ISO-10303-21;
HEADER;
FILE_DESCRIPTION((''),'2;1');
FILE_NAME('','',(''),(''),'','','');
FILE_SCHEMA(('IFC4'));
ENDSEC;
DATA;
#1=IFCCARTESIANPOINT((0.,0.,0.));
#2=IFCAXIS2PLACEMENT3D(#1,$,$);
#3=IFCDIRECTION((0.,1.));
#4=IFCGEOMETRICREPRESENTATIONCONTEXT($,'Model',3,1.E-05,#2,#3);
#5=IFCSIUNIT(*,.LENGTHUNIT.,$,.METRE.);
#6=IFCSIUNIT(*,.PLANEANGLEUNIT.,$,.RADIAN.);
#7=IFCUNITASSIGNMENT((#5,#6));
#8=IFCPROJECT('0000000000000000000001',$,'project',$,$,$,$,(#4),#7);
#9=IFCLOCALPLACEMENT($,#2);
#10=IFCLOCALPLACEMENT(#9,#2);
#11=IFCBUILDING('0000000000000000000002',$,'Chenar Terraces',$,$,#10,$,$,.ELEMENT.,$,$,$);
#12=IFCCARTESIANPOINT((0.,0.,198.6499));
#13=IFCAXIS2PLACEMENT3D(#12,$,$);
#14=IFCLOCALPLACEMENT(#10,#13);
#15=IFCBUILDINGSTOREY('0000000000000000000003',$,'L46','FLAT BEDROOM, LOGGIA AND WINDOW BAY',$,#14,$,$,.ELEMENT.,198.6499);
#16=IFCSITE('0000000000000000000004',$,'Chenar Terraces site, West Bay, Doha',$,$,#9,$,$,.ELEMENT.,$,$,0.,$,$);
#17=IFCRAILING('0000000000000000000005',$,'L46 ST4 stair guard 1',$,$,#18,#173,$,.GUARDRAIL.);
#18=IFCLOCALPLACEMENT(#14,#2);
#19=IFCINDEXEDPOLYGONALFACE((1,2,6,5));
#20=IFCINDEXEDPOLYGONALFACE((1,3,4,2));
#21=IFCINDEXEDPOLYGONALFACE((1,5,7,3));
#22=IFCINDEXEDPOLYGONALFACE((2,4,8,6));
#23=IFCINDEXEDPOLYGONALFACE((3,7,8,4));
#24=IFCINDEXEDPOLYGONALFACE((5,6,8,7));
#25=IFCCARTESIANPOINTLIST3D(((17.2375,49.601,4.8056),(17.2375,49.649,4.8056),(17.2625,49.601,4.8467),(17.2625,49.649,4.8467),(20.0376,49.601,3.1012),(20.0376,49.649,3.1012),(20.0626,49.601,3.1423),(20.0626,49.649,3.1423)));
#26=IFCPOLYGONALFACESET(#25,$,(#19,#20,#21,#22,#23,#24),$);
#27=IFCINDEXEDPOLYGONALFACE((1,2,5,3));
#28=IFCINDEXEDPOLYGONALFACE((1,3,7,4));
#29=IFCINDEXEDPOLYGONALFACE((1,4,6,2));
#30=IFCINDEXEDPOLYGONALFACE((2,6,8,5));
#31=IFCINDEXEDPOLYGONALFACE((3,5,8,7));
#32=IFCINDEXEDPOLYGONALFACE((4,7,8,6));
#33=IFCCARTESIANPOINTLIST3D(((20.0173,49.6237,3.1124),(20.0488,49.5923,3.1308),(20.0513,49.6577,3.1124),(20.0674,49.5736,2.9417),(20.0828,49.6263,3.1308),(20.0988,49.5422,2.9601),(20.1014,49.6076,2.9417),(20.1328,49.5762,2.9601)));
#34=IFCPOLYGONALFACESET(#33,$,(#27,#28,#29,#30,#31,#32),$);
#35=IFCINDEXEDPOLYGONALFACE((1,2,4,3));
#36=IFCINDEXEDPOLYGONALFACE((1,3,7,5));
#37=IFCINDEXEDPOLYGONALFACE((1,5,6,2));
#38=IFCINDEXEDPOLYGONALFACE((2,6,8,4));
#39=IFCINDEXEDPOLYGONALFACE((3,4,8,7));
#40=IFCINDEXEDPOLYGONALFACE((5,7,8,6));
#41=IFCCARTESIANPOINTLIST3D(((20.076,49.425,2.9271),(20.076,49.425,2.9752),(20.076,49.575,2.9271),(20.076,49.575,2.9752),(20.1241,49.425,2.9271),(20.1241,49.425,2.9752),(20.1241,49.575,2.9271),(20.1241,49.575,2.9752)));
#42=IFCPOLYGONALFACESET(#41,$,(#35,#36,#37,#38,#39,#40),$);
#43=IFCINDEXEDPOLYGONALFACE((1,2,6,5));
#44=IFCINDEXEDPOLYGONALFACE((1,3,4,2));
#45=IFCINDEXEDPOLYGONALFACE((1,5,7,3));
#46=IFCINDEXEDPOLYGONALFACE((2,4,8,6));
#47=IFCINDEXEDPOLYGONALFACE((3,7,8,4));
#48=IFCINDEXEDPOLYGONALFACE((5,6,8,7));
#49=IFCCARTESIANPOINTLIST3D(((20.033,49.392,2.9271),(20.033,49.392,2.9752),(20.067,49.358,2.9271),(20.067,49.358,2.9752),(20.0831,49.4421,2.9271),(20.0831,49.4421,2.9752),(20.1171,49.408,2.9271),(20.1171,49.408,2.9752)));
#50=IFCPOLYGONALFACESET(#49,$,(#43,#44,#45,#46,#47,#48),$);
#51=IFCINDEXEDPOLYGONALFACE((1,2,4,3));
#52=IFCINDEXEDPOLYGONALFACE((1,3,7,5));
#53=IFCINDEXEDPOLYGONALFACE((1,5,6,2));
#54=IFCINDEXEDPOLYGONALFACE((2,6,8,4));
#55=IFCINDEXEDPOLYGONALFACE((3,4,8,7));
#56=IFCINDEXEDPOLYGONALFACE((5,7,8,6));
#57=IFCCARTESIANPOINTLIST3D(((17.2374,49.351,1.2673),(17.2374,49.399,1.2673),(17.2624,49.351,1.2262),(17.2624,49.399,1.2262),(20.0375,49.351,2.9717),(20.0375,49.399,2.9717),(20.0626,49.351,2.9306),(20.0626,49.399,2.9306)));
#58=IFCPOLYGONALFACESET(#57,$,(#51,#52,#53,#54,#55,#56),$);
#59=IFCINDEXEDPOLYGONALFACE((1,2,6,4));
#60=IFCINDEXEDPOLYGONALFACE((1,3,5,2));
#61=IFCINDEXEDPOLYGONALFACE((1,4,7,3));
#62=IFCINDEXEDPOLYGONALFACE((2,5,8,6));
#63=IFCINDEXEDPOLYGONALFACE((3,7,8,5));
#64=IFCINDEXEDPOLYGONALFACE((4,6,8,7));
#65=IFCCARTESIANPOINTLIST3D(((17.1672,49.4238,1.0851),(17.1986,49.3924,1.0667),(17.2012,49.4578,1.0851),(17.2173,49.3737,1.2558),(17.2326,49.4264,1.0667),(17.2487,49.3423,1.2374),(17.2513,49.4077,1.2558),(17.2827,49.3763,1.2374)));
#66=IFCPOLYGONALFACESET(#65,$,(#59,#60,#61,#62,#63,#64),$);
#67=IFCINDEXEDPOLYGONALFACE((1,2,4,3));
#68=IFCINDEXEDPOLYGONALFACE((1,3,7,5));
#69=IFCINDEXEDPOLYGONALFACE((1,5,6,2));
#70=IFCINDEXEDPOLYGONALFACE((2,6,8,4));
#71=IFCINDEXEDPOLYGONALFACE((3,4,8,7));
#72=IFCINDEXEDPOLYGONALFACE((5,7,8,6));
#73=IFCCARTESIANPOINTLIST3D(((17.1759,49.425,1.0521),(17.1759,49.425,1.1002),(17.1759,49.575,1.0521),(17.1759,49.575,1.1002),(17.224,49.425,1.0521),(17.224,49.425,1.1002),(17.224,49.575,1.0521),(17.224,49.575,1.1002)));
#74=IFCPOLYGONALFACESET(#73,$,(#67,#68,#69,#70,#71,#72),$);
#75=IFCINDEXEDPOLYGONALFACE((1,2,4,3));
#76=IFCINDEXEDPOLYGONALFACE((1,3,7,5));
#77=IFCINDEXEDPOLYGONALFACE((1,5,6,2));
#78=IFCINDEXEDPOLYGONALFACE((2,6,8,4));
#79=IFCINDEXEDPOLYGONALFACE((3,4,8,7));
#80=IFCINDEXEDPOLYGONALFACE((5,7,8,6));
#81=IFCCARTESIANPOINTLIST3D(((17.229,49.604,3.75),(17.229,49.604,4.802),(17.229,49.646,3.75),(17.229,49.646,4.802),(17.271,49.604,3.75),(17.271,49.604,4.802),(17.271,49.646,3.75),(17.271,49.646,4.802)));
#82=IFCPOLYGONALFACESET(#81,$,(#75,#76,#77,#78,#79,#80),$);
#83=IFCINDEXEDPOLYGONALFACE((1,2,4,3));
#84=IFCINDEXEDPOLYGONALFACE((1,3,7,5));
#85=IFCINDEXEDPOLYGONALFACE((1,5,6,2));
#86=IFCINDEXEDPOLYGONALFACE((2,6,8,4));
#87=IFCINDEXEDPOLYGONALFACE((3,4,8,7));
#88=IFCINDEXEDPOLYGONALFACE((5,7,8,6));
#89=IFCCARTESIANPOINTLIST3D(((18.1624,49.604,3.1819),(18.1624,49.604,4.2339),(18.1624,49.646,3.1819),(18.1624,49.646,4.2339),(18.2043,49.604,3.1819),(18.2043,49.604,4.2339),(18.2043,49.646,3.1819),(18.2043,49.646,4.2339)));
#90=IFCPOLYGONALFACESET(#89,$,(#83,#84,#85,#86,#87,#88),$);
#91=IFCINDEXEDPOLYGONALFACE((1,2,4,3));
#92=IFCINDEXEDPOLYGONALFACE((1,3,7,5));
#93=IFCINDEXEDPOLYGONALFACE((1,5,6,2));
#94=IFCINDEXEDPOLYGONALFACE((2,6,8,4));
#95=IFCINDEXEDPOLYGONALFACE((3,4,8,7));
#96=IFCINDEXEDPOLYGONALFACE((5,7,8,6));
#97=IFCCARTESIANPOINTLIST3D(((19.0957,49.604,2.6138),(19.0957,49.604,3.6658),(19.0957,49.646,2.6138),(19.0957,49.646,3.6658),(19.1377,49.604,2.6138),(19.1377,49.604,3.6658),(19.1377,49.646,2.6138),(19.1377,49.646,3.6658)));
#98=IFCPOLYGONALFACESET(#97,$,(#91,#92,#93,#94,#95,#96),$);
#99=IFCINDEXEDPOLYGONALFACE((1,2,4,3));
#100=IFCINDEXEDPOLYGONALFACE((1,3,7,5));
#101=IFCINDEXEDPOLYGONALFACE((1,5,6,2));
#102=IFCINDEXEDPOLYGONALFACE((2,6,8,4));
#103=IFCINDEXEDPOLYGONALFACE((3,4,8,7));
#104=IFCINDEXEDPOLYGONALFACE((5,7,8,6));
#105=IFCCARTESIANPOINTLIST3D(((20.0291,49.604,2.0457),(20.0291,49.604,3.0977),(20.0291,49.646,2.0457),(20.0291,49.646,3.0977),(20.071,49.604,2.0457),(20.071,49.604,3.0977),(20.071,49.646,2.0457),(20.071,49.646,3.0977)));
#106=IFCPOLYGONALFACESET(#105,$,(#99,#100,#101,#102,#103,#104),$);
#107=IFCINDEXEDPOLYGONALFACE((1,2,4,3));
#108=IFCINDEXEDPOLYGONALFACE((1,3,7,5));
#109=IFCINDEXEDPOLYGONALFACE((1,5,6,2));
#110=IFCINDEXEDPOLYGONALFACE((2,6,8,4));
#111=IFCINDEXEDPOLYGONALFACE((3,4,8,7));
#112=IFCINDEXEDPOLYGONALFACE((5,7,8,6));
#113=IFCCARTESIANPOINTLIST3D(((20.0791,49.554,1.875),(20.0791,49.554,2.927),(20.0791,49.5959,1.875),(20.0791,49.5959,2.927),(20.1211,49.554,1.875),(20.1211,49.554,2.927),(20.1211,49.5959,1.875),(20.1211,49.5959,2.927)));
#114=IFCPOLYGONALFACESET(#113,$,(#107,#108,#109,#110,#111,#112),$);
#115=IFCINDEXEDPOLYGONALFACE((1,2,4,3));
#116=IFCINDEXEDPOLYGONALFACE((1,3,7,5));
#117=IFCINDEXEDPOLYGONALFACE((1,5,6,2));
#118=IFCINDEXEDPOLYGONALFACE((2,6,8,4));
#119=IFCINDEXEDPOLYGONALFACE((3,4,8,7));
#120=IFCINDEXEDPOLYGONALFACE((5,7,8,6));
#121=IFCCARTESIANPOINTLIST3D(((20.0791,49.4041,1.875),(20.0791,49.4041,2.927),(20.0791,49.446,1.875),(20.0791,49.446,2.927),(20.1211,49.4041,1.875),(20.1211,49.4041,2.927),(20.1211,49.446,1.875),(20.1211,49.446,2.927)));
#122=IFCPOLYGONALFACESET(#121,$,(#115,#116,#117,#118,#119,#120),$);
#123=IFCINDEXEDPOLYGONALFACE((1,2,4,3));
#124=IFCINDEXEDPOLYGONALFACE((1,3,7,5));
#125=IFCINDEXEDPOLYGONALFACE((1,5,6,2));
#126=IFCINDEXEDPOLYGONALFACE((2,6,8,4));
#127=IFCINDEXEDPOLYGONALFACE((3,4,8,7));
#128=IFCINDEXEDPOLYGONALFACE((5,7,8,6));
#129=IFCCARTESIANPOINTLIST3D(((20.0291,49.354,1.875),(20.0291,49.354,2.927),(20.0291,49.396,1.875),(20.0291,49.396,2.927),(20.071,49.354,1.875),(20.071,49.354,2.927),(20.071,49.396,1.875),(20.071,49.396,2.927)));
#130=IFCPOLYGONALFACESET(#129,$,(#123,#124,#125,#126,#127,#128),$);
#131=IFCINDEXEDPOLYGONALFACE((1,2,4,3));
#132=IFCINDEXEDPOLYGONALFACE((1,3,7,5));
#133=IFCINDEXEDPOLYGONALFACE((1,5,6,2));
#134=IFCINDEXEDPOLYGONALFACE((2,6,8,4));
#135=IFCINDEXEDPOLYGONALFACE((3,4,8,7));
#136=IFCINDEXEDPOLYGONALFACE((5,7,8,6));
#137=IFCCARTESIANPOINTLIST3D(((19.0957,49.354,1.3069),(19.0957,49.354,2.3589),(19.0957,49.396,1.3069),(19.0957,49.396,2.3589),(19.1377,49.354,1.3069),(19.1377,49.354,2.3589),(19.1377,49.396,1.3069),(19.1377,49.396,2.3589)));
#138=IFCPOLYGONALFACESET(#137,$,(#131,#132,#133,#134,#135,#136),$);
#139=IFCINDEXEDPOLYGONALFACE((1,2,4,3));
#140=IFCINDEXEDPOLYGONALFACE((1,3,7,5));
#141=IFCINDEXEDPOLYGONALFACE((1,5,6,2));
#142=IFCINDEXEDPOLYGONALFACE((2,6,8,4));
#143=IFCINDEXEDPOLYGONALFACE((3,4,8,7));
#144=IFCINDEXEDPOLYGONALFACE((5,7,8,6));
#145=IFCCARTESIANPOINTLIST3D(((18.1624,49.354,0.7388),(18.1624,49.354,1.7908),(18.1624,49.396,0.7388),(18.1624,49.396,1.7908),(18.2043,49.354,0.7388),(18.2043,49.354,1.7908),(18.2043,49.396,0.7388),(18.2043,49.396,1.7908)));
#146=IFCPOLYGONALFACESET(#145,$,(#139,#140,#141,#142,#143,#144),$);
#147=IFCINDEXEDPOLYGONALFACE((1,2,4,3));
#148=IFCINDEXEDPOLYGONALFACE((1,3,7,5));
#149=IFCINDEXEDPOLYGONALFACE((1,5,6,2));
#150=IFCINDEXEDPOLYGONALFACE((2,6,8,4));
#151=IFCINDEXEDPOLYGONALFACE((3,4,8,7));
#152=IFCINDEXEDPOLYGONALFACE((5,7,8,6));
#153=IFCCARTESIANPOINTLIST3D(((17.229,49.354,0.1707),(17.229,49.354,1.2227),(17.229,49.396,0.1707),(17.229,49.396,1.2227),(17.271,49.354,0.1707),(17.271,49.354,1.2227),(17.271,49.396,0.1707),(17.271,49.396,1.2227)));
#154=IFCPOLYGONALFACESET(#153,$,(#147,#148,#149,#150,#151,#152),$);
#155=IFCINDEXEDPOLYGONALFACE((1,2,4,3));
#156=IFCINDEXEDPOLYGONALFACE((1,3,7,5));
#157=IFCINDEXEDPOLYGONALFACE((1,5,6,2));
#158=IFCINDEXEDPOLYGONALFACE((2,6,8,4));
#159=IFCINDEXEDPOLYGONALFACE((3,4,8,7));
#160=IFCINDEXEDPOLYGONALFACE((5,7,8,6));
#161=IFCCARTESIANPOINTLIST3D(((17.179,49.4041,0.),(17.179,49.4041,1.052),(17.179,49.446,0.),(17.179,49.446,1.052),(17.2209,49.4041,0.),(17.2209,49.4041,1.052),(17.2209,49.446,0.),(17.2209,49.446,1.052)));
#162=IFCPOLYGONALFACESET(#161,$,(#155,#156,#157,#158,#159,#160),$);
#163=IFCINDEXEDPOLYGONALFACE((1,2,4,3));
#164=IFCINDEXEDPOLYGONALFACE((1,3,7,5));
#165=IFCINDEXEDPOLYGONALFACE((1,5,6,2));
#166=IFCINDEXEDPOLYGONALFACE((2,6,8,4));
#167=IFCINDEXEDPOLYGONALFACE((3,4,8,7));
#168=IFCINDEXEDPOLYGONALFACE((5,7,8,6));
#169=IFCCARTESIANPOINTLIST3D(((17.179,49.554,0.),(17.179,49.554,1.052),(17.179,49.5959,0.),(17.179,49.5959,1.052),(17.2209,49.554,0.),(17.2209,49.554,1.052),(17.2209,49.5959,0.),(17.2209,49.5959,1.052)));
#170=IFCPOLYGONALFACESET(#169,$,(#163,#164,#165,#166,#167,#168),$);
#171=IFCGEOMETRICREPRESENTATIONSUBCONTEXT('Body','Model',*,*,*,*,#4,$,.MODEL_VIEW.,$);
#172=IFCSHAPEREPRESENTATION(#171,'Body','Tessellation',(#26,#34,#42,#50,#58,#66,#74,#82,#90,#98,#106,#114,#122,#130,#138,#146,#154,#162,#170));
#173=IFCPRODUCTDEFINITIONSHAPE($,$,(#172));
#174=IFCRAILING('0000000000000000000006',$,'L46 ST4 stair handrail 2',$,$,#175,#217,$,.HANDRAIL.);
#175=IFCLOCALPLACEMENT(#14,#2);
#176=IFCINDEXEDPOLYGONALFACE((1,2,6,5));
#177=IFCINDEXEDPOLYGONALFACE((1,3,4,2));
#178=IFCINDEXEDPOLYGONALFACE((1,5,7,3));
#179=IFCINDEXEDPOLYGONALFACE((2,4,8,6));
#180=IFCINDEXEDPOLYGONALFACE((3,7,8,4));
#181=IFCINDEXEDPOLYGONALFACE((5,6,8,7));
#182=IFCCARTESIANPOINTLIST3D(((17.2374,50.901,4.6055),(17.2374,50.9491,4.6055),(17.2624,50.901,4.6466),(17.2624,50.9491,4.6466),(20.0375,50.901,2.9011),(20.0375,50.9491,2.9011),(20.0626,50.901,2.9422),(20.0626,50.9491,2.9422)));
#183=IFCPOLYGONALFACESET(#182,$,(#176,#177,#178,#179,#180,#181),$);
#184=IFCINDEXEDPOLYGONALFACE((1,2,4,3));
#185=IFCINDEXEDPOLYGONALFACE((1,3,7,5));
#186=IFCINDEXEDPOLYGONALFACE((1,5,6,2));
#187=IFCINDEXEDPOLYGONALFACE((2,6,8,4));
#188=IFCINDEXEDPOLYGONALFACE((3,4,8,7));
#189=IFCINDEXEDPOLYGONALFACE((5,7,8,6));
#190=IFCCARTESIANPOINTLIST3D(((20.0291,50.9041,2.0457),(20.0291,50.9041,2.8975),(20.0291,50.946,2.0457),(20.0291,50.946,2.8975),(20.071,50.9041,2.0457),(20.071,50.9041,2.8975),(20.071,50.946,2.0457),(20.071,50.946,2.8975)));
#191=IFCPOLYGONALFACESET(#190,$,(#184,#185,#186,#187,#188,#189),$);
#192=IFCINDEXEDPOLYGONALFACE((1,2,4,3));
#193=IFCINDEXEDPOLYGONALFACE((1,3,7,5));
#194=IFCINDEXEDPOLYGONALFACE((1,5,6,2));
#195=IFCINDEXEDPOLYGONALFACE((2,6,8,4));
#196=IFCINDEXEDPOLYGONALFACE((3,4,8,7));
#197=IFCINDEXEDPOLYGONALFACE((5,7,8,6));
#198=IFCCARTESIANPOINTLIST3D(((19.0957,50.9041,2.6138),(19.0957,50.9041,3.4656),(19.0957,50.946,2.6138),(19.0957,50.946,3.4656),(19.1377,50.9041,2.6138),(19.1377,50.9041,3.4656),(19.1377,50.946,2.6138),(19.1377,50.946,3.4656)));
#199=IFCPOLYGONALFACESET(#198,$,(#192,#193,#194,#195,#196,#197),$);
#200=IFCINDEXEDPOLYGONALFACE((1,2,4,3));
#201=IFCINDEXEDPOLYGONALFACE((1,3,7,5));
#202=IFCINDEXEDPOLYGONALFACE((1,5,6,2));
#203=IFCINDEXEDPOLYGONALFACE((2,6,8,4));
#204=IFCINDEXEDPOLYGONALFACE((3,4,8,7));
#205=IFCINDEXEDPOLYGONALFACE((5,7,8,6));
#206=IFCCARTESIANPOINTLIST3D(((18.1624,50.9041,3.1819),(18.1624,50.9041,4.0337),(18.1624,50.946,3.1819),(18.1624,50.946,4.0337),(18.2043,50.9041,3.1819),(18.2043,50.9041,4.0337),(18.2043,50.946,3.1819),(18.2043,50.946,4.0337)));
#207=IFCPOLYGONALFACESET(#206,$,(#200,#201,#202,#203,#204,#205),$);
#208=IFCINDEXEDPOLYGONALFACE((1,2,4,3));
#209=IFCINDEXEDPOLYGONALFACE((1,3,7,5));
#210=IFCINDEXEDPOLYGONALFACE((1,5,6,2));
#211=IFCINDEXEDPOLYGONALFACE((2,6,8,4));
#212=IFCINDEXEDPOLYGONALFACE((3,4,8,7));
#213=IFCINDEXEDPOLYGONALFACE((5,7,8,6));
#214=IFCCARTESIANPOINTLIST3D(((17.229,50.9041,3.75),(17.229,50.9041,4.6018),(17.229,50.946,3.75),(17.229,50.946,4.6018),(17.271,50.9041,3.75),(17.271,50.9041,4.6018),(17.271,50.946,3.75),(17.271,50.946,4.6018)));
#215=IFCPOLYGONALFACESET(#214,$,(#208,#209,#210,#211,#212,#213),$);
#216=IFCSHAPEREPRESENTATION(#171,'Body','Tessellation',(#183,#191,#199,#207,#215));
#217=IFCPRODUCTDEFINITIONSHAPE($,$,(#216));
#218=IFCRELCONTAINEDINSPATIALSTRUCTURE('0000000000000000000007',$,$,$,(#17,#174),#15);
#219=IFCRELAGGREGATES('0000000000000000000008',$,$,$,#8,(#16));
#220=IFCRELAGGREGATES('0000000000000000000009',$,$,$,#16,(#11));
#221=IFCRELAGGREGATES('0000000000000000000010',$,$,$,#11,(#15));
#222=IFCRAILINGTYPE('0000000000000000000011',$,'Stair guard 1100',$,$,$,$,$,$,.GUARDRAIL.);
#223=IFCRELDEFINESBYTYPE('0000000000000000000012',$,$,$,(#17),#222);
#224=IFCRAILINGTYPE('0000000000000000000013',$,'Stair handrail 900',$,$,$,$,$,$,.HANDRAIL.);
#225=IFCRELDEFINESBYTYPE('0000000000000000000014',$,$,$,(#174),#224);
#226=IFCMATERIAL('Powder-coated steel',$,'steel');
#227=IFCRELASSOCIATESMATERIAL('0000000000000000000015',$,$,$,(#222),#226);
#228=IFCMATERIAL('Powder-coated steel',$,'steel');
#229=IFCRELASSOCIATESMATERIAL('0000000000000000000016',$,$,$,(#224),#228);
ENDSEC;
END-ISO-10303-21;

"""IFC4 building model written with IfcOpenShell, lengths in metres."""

from ifc_helpers import new_model, si_unit, direction, frame, origin, origin_2d, place, context, subcontext, project, spatial, rectangle, extrude, material, type_object, element, save


model = new_model("IFC4")

# Units and contexts
model_context = context("Model", 3, precision=1e-05, world=origin(), true_north=direction((0.0, 1.0)))
body_context = subcontext(model_context, "Body", "Model", "MODEL_VIEW")
ifc_project = project(units=[si_unit("LENGTHUNIT", "METRE"), si_unit("PLANEANGLEUNIT", "RADIAN")], contexts=[model_context])

# Site, building, storey
site_placement = place(None, origin())
site = spatial("IfcSite", under=ifc_project, at=site_placement, Name="Chenar Terraces site, West Bay, Doha", CompositionType="ELEMENT", RefElevation=0.0)
building_placement = place(site_placement, origin())
building = spatial("IfcBuilding", under=site, at=building_placement, Name="Chenar Terraces", CompositionType="ELEMENT")
storey_placement = place(building_placement, frame((0.0, 0.0, 198.6499)))
storey = spatial("IfcBuildingStorey", under=building, at=storey_placement, Name="L46", Description="FLAT BEDROOM, LOGGIA AND WINDOW BAY", CompositionType="ELEMENT", Elevation=198.6499)

# Railings
ifc_material_1 = material(Name="Powder-coated steel", Category="steel")
railing_type_1 = type_object("IfcRailingType", Name="Stair guard 1100", PredefinedType="GUARDRAIL", material=ifc_material_1)
railing_1_placement = place(storey_placement, frame((17.25, 49.625, 3.75)))
element("IfcRailing", 1, at=railing_1_placement, inside=storey, type_object=railing_type_1, Name="L46 ST4 stair guard 1", PredefinedType="GUARDRAIL", context=body_context, shape_type="SweptSolid", body=[
    extrude(rectangle(XDim=0.0481, YDim=0.0481, at=origin_2d()), frame((0.0, 0.0, 1.0762), z_axis=(0.854203, 0.0, -0.51994), x_axis=(0.0, 1.0, 0.0)), (0.0, 0.0, 1.0), 3.2781),
    extrude(rectangle(XDim=0.0481, YDim=0.0481, at=origin_2d()), frame((2.8, 0.0, -0.6284), z_axis=(0.2709, -0.2709, -0.923703), x_axis=(0.707107, 0.707107, 0.0)), (0.0, 0.0, 1.0), 0.1848),
    extrude(rectangle(XDim=0.0481, YDim=0.0481, at=origin_2d()), frame((2.8501, -0.05, -0.7988), z_axis=(0.0, -1.0, 0.0), x_axis=(1.0, 0.0, 0.0)), (0.0, 0.0, 1.0), 0.1499),
    extrude(rectangle(XDim=0.0481, YDim=0.0481, at=origin_2d()), frame((2.8501, -0.2, -0.7988), z_axis=(-0.707107, -0.707107, 0.0), x_axis=(0.707107, -0.707107, 0.0)), (0.0, 0.0, 1.0), 0.0708),
    extrude(rectangle(XDim=0.0481, YDim=0.0481, at=origin_2d()), frame((2.8, -0.25, -0.7988), z_axis=(-0.854203, 0.0, -0.51994), x_axis=(0.0, -1.0, 0.0)), (0.0, 0.0, 1.0), 3.2781),
    extrude(rectangle(XDim=0.0481, YDim=0.0481, at=origin_2d()), frame((0.0, -0.25, -2.5034), z_axis=(-0.2709, 0.2709, -0.923703), x_axis=(-0.707107, -0.707107, 0.0)), (0.0, 0.0, 1.0), 0.1848),
    extrude(rectangle(XDim=0.0481, YDim=0.0481, at=origin_2d()), frame((-0.05, -0.2, -2.6738), z_axis=(0.0, 1.0, 0.0), x_axis=(-1.0, 0.0, 0.0)), (0.0, 0.0, 1.0), 0.1499),
    extrude(rectangle(XDim=0.042, YDim=0.042, at=origin_2d()), origin(), (0.0, 0.0, 1.0), 1.052),
    extrude(rectangle(XDim=0.042, YDim=0.042, at=origin_2d()), frame((0.9333, 0.0, -0.5681)), (0.0, 0.0, 1.0), 1.052),
    extrude(rectangle(XDim=0.042, YDim=0.042, at=origin_2d()), frame((1.8667, 0.0, -1.1362)), (0.0, 0.0, 1.0), 1.052),
    extrude(rectangle(XDim=0.042, YDim=0.042, at=origin_2d()), frame((2.8, 0.0, -1.7043)), (0.0, 0.0, 1.0), 1.052),
    extrude(rectangle(XDim=0.042, YDim=0.042, at=origin_2d()), frame((2.8501, -0.05, -1.875)), (0.0, 0.0, 1.0), 1.052),
    extrude(rectangle(XDim=0.042, YDim=0.042, at=origin_2d()), frame((2.8501, -0.2, -1.875)), (0.0, 0.0, 1.0), 1.052),
    extrude(rectangle(XDim=0.042, YDim=0.042, at=origin_2d()), frame((2.8, -0.25, -1.875)), (0.0, 0.0, 1.0), 1.052),
    extrude(rectangle(XDim=0.042, YDim=0.042, at=origin_2d()), frame((1.8667, -0.25, -2.4431)), (0.0, 0.0, 1.0), 1.052),
    extrude(rectangle(XDim=0.042, YDim=0.042, at=origin_2d()), frame((0.9333, -0.25, -3.0112)), (0.0, 0.0, 1.0), 1.052),
    extrude(rectangle(XDim=0.042, YDim=0.042, at=origin_2d()), frame((0.0, -0.25, -3.5793)), (0.0, 0.0, 1.0), 1.052),
    extrude(rectangle(XDim=0.042, YDim=0.042, at=origin_2d()), frame((-0.05, -0.2, -3.75)), (0.0, 0.0, 1.0), 1.052),
    extrude(rectangle(XDim=0.042, YDim=0.042, at=origin_2d()), frame((-0.05, -0.05, -3.75)), (0.0, 0.0, 1.0), 1.052),
])
ifc_material_2 = material(Name="Powder-coated steel", Category="steel")
railing_type_2 = type_object("IfcRailingType", Name="Stair handrail 900", PredefinedType="HANDRAIL", material=ifc_material_2)
railing_2_placement = place(storey_placement, frame((20.05, 50.925, 2.0457)))
element("IfcRailing", 2, at=railing_2_placement, inside=storey, type_object=railing_type_2, Name="L46 ST4 stair handrail 2", PredefinedType="HANDRAIL", context=body_context, shape_type="SweptSolid", body=[
    extrude(rectangle(XDim=0.0481, YDim=0.0481, at=origin_2d()), frame((0.0, 0.0, 0.876), z_axis=(-0.854203, 0.0, 0.51994), x_axis=(0.0, -1.0, 0.0)), (0.0, 0.0, 1.0), 3.2781),
    extrude(rectangle(XDim=0.042, YDim=0.042, at=origin_2d()), origin(), (0.0, 0.0, 1.0), 0.8518),
    extrude(rectangle(XDim=0.042, YDim=0.042, at=origin_2d()), frame((-0.9333, 0.0, 0.5681)), (0.0, 0.0, 1.0), 0.8518),
    extrude(rectangle(XDim=0.042, YDim=0.042, at=origin_2d()), frame((-1.8667, 0.0, 1.1362)), (0.0, 0.0, 1.0), 0.8518),
    extrude(rectangle(XDim=0.042, YDim=0.042, at=origin_2d()), frame((-2.8, 0.0, 1.7043)), (0.0, 0.0, 1.0), 0.8518),
])

save(model, "model.ifc")
